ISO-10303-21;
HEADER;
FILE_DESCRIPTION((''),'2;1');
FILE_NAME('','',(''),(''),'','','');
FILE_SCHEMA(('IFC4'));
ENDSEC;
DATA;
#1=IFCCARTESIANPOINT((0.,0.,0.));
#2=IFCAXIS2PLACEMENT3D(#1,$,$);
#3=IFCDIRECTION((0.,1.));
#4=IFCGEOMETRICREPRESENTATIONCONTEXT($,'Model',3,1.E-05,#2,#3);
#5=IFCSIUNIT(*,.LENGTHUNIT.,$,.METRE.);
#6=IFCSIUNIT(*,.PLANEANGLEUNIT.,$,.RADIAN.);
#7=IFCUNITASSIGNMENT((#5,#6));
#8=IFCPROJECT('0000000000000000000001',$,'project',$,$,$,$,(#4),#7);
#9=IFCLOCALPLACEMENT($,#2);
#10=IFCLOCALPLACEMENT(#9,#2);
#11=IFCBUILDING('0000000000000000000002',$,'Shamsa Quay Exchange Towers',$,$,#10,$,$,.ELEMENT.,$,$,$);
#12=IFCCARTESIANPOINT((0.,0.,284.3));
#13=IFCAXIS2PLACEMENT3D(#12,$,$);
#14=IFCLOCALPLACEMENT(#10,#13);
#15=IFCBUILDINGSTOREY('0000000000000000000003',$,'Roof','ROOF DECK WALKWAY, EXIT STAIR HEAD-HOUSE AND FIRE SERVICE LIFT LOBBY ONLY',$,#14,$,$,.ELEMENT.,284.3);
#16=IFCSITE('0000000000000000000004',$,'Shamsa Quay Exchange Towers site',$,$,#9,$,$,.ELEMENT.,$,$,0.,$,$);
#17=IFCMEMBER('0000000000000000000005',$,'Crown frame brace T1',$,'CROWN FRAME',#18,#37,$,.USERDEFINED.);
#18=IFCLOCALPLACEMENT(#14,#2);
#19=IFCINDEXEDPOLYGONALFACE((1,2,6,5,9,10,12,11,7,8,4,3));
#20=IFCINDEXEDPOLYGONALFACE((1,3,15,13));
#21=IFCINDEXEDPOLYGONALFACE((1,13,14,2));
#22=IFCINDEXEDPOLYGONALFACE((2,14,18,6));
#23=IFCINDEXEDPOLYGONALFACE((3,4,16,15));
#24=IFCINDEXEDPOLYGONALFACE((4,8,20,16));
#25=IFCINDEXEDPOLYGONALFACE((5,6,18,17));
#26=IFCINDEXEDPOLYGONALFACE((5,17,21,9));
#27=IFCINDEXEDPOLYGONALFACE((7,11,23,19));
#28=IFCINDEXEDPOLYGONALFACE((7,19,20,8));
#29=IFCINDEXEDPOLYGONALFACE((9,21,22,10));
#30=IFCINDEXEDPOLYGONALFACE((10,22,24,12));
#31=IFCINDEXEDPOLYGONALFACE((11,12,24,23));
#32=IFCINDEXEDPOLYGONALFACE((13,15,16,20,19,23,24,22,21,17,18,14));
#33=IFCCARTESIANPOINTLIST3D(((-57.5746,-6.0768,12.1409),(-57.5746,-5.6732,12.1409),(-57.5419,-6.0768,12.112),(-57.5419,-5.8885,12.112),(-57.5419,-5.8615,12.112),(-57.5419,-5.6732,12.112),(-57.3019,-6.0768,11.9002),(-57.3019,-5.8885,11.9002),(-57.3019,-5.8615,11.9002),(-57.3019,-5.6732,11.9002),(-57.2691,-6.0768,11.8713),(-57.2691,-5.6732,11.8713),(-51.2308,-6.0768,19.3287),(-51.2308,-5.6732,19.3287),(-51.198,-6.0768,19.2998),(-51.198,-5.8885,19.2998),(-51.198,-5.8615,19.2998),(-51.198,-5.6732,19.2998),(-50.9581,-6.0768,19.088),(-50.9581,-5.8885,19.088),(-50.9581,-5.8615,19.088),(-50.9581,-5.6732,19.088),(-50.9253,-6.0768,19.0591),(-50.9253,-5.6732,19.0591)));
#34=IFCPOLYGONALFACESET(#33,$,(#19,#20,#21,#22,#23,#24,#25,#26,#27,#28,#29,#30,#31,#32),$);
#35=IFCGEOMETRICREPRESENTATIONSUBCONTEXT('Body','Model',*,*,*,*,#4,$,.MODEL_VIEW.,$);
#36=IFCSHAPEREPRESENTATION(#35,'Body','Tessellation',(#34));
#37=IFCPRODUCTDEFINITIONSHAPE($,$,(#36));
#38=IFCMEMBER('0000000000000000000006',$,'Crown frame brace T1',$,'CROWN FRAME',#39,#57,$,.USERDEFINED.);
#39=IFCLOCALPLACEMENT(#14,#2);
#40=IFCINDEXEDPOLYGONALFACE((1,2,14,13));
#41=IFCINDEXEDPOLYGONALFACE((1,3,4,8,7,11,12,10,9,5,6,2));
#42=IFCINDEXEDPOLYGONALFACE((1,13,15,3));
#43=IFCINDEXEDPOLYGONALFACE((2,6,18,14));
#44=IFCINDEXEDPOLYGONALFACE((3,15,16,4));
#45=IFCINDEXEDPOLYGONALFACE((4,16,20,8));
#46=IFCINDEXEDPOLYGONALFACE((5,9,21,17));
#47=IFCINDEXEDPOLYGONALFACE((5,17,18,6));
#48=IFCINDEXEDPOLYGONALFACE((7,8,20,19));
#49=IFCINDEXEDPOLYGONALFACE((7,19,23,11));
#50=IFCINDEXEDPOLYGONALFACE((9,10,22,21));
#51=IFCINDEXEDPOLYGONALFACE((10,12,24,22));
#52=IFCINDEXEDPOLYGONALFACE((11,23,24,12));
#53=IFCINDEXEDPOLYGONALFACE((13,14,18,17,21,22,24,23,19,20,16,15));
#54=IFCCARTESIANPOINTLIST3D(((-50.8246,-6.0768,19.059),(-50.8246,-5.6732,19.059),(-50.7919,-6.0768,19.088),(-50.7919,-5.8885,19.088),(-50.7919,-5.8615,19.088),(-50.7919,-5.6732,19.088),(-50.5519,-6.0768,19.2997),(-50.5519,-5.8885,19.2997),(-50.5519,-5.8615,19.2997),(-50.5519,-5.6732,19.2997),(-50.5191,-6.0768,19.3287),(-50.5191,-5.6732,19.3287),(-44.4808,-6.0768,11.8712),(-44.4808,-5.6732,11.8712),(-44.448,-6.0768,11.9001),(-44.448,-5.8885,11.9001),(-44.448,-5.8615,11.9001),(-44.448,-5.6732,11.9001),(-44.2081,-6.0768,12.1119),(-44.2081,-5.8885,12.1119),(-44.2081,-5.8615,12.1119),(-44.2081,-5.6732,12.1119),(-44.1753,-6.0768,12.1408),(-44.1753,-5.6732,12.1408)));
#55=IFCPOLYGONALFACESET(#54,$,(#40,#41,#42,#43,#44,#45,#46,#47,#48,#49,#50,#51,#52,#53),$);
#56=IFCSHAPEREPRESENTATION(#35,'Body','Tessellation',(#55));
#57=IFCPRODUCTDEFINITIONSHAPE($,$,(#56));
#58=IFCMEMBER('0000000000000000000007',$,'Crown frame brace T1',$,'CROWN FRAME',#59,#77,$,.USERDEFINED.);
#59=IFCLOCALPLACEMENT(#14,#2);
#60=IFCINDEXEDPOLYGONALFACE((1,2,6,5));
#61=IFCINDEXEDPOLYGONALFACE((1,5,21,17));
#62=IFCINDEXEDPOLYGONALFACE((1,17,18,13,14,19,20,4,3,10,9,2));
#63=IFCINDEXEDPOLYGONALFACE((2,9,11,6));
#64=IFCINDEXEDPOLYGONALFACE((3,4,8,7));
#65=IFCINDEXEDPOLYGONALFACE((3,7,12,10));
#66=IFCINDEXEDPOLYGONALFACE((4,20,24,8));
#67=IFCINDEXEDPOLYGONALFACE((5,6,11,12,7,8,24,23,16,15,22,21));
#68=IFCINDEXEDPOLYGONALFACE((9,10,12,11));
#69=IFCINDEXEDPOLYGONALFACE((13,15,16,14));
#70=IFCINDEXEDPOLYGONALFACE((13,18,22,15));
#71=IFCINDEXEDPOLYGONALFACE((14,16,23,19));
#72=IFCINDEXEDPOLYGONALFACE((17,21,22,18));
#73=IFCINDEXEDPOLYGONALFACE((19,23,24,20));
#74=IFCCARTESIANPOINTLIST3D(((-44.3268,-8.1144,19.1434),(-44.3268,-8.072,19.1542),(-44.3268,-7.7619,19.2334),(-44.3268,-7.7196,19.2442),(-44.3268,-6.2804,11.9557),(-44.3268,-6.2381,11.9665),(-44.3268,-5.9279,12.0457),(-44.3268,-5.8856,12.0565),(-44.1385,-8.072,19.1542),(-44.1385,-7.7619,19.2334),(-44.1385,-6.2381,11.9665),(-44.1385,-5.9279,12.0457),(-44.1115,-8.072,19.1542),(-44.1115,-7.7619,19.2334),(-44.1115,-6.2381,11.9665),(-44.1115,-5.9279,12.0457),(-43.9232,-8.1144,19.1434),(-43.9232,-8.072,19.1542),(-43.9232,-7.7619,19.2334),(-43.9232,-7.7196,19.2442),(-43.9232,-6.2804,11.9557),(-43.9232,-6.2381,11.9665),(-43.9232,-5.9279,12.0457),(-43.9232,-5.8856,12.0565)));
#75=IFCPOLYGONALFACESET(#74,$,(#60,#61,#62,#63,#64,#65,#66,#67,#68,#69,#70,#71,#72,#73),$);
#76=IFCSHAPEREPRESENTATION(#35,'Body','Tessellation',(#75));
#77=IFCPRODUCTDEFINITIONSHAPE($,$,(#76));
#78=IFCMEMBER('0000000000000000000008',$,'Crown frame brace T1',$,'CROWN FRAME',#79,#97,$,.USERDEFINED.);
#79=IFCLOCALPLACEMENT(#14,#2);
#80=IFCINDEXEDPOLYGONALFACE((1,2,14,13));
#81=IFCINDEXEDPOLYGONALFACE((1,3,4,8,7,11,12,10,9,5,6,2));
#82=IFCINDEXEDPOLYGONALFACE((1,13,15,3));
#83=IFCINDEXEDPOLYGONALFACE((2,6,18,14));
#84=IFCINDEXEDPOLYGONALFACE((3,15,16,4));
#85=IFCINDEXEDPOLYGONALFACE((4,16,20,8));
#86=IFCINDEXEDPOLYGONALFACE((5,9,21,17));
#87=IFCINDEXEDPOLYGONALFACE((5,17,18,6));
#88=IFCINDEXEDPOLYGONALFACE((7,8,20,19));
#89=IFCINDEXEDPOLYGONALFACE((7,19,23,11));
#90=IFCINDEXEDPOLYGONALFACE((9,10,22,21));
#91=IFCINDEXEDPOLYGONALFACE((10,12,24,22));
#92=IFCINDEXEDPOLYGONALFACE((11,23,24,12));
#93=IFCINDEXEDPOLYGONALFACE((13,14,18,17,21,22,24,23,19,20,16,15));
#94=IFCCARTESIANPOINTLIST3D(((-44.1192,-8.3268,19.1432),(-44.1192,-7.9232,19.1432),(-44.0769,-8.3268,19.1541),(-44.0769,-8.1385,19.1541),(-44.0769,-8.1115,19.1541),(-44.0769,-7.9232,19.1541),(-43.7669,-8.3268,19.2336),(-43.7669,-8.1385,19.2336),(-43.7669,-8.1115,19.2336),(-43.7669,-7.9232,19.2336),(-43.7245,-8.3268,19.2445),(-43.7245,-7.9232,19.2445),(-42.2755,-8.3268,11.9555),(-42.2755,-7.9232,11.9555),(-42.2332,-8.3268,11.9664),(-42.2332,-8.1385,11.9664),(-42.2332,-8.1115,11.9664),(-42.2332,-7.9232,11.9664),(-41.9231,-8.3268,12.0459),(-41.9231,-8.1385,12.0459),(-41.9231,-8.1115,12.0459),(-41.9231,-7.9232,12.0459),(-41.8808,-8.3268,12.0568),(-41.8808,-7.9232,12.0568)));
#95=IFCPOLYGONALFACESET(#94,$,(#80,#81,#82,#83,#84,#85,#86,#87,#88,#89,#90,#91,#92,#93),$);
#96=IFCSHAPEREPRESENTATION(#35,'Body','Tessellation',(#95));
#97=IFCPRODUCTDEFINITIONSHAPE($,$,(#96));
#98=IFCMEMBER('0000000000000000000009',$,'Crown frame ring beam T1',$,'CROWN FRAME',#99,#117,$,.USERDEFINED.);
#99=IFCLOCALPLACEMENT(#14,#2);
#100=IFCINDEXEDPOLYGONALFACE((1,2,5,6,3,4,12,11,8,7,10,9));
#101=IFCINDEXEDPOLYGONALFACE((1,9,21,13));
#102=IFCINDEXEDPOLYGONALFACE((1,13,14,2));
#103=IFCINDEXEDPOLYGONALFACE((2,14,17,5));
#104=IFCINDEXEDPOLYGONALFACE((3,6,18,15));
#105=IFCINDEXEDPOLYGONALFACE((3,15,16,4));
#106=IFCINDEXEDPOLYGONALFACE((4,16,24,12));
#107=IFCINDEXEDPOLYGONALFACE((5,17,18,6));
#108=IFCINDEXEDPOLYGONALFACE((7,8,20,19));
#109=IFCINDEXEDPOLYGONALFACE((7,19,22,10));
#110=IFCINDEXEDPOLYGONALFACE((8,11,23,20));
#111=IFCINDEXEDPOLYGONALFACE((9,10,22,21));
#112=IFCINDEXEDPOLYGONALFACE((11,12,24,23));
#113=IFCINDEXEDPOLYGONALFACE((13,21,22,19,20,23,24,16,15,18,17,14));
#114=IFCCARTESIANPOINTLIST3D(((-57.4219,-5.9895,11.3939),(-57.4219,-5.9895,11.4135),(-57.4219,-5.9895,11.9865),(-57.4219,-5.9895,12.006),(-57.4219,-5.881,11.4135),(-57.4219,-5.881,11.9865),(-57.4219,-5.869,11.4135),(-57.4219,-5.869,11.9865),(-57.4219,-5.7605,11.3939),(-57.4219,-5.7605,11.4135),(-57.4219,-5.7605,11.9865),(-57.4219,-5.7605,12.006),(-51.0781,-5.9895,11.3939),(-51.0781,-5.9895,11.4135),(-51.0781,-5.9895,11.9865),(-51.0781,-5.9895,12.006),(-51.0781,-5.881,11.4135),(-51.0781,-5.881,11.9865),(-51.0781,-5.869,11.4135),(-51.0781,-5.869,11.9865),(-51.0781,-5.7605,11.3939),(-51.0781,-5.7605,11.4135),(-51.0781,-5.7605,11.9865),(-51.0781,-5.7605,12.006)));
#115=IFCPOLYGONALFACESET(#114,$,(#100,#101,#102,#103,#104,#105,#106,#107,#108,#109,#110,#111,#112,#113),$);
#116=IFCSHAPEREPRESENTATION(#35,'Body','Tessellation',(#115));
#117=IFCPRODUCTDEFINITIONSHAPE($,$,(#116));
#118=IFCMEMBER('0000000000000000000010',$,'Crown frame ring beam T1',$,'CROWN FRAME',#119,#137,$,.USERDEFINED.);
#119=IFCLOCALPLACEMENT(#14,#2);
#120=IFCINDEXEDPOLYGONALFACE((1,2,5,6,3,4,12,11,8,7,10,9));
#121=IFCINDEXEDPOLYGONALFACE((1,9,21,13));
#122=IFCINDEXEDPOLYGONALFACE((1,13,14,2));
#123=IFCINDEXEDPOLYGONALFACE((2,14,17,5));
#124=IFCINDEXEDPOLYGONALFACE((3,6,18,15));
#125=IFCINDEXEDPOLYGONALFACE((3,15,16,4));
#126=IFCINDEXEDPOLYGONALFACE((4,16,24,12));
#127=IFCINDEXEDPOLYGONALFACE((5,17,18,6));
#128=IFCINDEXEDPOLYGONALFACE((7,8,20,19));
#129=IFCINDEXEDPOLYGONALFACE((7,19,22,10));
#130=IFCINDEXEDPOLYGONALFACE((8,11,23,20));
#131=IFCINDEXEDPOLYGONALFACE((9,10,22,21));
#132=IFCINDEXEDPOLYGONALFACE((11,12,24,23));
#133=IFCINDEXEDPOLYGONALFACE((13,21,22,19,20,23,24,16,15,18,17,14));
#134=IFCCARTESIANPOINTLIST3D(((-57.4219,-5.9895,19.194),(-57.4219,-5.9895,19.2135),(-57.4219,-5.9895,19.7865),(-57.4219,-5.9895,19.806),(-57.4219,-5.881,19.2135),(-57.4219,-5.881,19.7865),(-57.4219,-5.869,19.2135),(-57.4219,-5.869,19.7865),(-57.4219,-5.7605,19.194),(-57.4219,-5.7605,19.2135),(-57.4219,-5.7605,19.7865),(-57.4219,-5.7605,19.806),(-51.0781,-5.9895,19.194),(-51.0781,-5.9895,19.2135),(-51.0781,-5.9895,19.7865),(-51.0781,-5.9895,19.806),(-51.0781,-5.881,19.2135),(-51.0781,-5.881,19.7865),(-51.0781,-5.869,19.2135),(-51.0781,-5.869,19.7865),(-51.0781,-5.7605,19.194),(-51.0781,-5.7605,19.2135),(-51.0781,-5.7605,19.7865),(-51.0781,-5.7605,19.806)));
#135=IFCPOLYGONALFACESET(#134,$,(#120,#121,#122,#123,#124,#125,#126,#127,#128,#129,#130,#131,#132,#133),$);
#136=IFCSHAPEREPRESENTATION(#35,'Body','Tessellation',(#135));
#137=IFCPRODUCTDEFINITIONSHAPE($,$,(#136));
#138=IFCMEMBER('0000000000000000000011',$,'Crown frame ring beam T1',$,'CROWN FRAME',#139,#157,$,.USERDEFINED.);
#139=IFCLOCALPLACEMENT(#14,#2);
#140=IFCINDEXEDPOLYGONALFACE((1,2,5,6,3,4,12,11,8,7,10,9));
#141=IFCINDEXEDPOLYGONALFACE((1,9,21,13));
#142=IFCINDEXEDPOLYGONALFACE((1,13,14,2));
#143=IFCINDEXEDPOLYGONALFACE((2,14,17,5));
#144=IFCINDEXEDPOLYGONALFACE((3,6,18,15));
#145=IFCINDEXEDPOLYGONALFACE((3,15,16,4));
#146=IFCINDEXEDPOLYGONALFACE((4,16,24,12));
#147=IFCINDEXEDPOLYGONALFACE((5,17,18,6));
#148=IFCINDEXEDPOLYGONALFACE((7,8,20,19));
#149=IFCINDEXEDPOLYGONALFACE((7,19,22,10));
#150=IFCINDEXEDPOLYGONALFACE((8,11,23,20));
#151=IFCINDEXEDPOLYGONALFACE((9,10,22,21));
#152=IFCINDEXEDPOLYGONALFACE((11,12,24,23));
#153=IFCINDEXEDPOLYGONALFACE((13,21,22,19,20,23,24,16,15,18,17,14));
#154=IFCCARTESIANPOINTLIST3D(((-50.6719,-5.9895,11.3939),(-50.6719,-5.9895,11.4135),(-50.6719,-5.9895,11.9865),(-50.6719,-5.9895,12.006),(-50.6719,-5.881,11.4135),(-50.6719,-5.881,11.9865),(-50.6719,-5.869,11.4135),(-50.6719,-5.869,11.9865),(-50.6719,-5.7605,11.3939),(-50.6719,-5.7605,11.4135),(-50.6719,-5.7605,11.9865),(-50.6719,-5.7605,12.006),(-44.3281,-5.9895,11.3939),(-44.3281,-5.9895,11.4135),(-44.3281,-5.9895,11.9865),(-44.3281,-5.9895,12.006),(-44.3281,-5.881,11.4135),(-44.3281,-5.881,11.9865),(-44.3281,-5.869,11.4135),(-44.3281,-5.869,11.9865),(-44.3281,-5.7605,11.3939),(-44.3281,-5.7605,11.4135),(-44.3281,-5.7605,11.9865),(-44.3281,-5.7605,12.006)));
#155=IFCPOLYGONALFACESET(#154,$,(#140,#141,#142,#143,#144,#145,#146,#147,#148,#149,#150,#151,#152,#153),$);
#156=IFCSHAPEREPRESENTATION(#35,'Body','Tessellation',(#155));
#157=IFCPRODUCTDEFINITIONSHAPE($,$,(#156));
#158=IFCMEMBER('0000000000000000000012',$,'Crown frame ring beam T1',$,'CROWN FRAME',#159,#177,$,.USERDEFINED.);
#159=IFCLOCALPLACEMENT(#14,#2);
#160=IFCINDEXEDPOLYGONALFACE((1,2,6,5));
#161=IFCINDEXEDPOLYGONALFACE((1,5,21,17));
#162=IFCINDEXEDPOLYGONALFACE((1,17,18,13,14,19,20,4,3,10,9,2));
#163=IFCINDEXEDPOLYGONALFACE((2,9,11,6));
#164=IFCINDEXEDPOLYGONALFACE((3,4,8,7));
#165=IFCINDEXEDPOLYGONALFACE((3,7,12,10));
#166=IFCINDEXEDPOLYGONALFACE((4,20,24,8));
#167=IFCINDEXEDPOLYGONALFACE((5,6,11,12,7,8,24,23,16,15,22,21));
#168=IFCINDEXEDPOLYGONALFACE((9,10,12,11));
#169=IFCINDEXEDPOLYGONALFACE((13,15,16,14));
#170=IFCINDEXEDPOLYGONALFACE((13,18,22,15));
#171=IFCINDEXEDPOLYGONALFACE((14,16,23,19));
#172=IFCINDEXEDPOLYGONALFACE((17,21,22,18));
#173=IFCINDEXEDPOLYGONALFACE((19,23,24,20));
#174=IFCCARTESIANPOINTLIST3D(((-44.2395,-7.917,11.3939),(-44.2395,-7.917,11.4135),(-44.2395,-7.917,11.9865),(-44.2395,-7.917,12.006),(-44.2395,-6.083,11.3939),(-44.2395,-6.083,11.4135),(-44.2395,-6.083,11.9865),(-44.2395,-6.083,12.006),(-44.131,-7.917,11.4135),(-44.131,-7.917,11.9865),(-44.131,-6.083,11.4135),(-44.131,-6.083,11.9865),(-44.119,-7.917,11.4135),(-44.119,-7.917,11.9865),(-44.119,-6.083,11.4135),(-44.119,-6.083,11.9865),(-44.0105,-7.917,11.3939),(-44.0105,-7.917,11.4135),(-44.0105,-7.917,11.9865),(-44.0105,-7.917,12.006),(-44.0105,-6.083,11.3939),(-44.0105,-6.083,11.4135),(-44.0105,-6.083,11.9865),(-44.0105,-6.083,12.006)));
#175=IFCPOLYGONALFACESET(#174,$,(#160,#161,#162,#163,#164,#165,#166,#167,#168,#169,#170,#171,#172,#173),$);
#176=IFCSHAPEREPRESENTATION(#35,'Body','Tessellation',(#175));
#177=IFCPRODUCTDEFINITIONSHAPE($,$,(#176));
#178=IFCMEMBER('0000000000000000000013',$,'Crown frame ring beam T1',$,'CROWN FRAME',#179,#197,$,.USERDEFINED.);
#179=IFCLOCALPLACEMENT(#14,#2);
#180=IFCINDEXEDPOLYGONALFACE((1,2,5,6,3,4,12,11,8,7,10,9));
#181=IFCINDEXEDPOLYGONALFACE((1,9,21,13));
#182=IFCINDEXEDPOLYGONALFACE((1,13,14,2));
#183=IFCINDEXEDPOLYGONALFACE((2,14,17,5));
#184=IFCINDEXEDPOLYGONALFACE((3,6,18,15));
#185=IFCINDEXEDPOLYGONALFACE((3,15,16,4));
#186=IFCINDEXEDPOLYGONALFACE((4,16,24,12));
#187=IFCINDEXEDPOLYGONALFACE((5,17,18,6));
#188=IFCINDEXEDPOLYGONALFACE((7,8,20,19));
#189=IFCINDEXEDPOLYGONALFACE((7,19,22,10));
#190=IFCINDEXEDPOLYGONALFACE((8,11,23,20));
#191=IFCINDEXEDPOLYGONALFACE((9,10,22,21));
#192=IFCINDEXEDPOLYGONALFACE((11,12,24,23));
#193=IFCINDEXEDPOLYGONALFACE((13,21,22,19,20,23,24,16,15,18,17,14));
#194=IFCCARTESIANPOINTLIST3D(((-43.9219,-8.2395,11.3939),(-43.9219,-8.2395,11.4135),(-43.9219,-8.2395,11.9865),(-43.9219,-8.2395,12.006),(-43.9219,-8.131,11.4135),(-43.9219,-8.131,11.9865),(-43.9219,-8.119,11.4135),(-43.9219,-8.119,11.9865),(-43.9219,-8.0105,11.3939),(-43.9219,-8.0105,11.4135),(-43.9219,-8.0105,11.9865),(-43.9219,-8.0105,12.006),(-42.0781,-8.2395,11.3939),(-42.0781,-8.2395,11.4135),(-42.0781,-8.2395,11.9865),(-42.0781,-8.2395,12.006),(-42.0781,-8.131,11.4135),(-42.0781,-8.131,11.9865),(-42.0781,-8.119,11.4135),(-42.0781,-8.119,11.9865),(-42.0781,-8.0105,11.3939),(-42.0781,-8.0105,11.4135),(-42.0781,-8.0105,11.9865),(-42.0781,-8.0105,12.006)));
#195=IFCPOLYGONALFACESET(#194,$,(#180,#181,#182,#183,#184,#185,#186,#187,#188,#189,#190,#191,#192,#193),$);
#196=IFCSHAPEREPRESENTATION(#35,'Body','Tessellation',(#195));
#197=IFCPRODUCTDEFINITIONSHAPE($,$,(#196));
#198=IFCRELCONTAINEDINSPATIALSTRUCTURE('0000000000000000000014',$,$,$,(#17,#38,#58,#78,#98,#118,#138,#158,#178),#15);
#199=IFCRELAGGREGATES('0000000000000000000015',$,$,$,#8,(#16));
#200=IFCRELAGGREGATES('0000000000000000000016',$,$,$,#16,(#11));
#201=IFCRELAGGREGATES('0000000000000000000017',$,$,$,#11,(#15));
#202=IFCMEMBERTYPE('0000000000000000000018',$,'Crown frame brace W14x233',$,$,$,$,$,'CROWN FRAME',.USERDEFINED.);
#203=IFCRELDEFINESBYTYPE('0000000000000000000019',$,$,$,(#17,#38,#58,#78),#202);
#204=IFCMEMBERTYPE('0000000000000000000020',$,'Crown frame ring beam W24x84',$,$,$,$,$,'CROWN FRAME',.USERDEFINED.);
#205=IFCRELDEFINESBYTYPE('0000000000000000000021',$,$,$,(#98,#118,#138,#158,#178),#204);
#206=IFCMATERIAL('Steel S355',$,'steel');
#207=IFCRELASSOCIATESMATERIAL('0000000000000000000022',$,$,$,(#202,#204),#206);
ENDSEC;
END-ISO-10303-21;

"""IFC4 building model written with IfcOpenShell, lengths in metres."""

from ifc_helpers import new_model, si_unit, direction, frame, origin, origin_2d, place, context, subcontext, project, spatial, i_section, extrude, material, material_profile, profile_set, type_object, element, save


model = new_model("IFC4")

# Units and contexts
model_context = context("Model", 3, precision=1e-05, world=origin(), true_north=direction((0.0, 1.0)))
body_context = subcontext(model_context, "Body", "Model", "MODEL_VIEW")
ifc_project = project(units=[si_unit("LENGTHUNIT", "METRE"), si_unit("PLANEANGLEUNIT", "RADIAN")], contexts=[model_context])

# Site, building, storey
site_placement = place(None, origin())
site = spatial("IfcSite", under=ifc_project, at=site_placement, Name="Shamsa Quay Exchange Towers site", CompositionType="ELEMENT", RefElevation=0.0)
building_placement = place(site_placement, origin())
building = spatial("IfcBuilding", under=site, at=building_placement, Name="Shamsa Quay Exchange Towers", CompositionType="ELEMENT")
storey_placement = place(building_placement, frame((0.0, 0.0, 284.3)))
storey = spatial("IfcBuildingStorey", under=building, at=storey_placement, Name="Roof", Description="ROOF DECK WALKWAY, EXIT STAIR HEAD-HOUSE AND FIRE SERVICE LIFT LOBBY ONLY", CompositionType="ELEMENT", Elevation=284.3)

# Members
ifc_material_1 = material(Name="Steel S355", Category="steel")
ifc_material_profile_1 = material_profile(ifc_material_1, i_section(OverallWidth=0.4036, OverallDepth=0.4075, WebThickness=0.0271, FlangeThickness=0.0437, at=origin_2d()), Name="W14x233")
ifc_profile_set_1 = profile_set([ifc_material_profile_1], Name="Steel S355")
member_type_1 = type_object("IfcMemberType", Name="Crown frame brace W14x233", ElementType="CROWN FRAME", PredefinedType="USERDEFINED", material=ifc_profile_set_1)
for number, where, z_axis, x_axis, name in (
    (1, (-57.4219, -5.875, 12.0061), (0.661717, 0.0, 0.749754), (0.0, 1.0, 0.0), "Crown frame brace T1"),
    (2, (-50.6719, -5.875, 19.1938), (0.661717, 0.0, -0.749754), (0.0, 1.0, 0.0), "Crown frame brace T1"),
):
    element("IfcMember", number, at=place(storey_placement, frame(where, z_axis=z_axis, x_axis=x_axis)), inside=storey, type_object=member_type_1, Name=name, ObjectType="CROWN FRAME", PredefinedType="USERDEFINED", context=body_context, shape_type="SweptSolid", body=[
        extrude(i_section(OverallWidth=0.4036, OverallDepth=0.4075, WebThickness=0.0271, FlangeThickness=0.0437, at=origin_2d()), origin(), (0.0, 0.0, 1.0), 9.5869),
    ])
member_1_placement = place(storey_placement, frame((-44.125, -6.083, 12.0061), z_axis=(0.0, -0.247233, 0.968956), x_axis=(1.0, 0.0, 0.0)))
element("IfcMember", 3, at=member_1_placement, inside=storey, type_object=member_type_1, Name="Crown frame brace T1", ObjectType="CROWN FRAME", PredefinedType="USERDEFINED", context=body_context, shape_type="SweptSolid", body=[
    extrude(i_section(OverallWidth=0.4036, OverallDepth=0.4075, WebThickness=0.0271, FlangeThickness=0.0437, at=origin_2d()), origin(), (0.0, 0.0, 1.0), 7.418),
])
member_2_placement = place(storey_placement, frame((-43.9219, -8.125, 19.1938), z_axis=(0.248469, 0.0, -0.96864), x_axis=(0.0, 1.0, 0.0)))
element("IfcMember", 4, at=member_2_placement, inside=storey, type_object=member_type_1, Name="Crown frame brace T1", ObjectType="CROWN FRAME", PredefinedType="USERDEFINED", context=body_context, shape_type="SweptSolid", body=[
    extrude(i_section(OverallWidth=0.4036, OverallDepth=0.4075, WebThickness=0.0271, FlangeThickness=0.0437, at=origin_2d()), origin(), (0.0, 0.0, 1.0), 7.4204),
])
ifc_material_profile_2 = material_profile(ifc_material_1, i_section(OverallWidth=0.229, OverallDepth=0.6121, WebThickness=0.012, FlangeThickness=0.0195, at=origin_2d()), Name="W24x84")
ifc_profile_set_2 = profile_set([ifc_material_profile_2], Name="Steel S355")
member_type_2 = type_object("IfcMemberType", Name="Crown frame ring beam W24x84", ElementType="CROWN FRAME", PredefinedType="USERDEFINED", material=ifc_profile_set_2)
for number, where, z_axis, x_axis, name in (
    (5, (-57.4219, -5.875, 11.7), (1.0, 0.0, 0.0), (0.0, 1.0, 0.0), "Crown frame ring beam T1"),
    (6, (-57.4219, -5.875, 19.5), (1.0, 0.0, 0.0), (0.0, 1.0, 0.0), "Crown frame ring beam T1"),
    (7, (-50.6719, -5.875, 11.7), (1.0, 0.0, 0.0), (0.0, 1.0, 0.0), "Crown frame ring beam T1"),
):
    element("IfcMember", number, at=place(storey_placement, frame(where, z_axis=z_axis, x_axis=x_axis)), inside=storey, type_object=member_type_2, Name=name, ObjectType="CROWN FRAME", PredefinedType="USERDEFINED", context=body_context, shape_type="SweptSolid", body=[
        extrude(i_section(OverallWidth=0.229, OverallDepth=0.6121, WebThickness=0.012, FlangeThickness=0.0195, at=origin_2d()), origin(), (0.0, 0.0, 1.0), 6.3438),
    ])
member_3_placement = place(storey_placement, frame((-44.125, -6.083, 11.7), z_axis=(0.0, -1.0, 0.0), x_axis=(1.0, 0.0, 0.0)))
element("IfcMember", 8, at=member_3_placement, inside=storey, type_object=member_type_2, Name="Crown frame ring beam T1", ObjectType="CROWN FRAME", PredefinedType="USERDEFINED", context=body_context, shape_type="SweptSolid", body=[
    extrude(i_section(OverallWidth=0.229, OverallDepth=0.6121, WebThickness=0.012, FlangeThickness=0.0195, at=origin_2d()), origin(), (0.0, 0.0, 1.0), 1.834),
])
member_4_placement = place(storey_placement, frame((-43.9219, -8.125, 11.7), z_axis=(1.0, 0.0, 0.0), x_axis=(0.0, 1.0, 0.0)))
element("IfcMember", 9, at=member_4_placement, inside=storey, type_object=member_type_2, Name="Crown frame ring beam T1", ObjectType="CROWN FRAME", PredefinedType="USERDEFINED", context=body_context, shape_type="SweptSolid", body=[
    extrude(i_section(OverallWidth=0.229, OverallDepth=0.6121, WebThickness=0.012, FlangeThickness=0.0195, at=origin_2d()), origin(), (0.0, 0.0, 1.0), 1.8438),
])

save(model, "model.ifc")
